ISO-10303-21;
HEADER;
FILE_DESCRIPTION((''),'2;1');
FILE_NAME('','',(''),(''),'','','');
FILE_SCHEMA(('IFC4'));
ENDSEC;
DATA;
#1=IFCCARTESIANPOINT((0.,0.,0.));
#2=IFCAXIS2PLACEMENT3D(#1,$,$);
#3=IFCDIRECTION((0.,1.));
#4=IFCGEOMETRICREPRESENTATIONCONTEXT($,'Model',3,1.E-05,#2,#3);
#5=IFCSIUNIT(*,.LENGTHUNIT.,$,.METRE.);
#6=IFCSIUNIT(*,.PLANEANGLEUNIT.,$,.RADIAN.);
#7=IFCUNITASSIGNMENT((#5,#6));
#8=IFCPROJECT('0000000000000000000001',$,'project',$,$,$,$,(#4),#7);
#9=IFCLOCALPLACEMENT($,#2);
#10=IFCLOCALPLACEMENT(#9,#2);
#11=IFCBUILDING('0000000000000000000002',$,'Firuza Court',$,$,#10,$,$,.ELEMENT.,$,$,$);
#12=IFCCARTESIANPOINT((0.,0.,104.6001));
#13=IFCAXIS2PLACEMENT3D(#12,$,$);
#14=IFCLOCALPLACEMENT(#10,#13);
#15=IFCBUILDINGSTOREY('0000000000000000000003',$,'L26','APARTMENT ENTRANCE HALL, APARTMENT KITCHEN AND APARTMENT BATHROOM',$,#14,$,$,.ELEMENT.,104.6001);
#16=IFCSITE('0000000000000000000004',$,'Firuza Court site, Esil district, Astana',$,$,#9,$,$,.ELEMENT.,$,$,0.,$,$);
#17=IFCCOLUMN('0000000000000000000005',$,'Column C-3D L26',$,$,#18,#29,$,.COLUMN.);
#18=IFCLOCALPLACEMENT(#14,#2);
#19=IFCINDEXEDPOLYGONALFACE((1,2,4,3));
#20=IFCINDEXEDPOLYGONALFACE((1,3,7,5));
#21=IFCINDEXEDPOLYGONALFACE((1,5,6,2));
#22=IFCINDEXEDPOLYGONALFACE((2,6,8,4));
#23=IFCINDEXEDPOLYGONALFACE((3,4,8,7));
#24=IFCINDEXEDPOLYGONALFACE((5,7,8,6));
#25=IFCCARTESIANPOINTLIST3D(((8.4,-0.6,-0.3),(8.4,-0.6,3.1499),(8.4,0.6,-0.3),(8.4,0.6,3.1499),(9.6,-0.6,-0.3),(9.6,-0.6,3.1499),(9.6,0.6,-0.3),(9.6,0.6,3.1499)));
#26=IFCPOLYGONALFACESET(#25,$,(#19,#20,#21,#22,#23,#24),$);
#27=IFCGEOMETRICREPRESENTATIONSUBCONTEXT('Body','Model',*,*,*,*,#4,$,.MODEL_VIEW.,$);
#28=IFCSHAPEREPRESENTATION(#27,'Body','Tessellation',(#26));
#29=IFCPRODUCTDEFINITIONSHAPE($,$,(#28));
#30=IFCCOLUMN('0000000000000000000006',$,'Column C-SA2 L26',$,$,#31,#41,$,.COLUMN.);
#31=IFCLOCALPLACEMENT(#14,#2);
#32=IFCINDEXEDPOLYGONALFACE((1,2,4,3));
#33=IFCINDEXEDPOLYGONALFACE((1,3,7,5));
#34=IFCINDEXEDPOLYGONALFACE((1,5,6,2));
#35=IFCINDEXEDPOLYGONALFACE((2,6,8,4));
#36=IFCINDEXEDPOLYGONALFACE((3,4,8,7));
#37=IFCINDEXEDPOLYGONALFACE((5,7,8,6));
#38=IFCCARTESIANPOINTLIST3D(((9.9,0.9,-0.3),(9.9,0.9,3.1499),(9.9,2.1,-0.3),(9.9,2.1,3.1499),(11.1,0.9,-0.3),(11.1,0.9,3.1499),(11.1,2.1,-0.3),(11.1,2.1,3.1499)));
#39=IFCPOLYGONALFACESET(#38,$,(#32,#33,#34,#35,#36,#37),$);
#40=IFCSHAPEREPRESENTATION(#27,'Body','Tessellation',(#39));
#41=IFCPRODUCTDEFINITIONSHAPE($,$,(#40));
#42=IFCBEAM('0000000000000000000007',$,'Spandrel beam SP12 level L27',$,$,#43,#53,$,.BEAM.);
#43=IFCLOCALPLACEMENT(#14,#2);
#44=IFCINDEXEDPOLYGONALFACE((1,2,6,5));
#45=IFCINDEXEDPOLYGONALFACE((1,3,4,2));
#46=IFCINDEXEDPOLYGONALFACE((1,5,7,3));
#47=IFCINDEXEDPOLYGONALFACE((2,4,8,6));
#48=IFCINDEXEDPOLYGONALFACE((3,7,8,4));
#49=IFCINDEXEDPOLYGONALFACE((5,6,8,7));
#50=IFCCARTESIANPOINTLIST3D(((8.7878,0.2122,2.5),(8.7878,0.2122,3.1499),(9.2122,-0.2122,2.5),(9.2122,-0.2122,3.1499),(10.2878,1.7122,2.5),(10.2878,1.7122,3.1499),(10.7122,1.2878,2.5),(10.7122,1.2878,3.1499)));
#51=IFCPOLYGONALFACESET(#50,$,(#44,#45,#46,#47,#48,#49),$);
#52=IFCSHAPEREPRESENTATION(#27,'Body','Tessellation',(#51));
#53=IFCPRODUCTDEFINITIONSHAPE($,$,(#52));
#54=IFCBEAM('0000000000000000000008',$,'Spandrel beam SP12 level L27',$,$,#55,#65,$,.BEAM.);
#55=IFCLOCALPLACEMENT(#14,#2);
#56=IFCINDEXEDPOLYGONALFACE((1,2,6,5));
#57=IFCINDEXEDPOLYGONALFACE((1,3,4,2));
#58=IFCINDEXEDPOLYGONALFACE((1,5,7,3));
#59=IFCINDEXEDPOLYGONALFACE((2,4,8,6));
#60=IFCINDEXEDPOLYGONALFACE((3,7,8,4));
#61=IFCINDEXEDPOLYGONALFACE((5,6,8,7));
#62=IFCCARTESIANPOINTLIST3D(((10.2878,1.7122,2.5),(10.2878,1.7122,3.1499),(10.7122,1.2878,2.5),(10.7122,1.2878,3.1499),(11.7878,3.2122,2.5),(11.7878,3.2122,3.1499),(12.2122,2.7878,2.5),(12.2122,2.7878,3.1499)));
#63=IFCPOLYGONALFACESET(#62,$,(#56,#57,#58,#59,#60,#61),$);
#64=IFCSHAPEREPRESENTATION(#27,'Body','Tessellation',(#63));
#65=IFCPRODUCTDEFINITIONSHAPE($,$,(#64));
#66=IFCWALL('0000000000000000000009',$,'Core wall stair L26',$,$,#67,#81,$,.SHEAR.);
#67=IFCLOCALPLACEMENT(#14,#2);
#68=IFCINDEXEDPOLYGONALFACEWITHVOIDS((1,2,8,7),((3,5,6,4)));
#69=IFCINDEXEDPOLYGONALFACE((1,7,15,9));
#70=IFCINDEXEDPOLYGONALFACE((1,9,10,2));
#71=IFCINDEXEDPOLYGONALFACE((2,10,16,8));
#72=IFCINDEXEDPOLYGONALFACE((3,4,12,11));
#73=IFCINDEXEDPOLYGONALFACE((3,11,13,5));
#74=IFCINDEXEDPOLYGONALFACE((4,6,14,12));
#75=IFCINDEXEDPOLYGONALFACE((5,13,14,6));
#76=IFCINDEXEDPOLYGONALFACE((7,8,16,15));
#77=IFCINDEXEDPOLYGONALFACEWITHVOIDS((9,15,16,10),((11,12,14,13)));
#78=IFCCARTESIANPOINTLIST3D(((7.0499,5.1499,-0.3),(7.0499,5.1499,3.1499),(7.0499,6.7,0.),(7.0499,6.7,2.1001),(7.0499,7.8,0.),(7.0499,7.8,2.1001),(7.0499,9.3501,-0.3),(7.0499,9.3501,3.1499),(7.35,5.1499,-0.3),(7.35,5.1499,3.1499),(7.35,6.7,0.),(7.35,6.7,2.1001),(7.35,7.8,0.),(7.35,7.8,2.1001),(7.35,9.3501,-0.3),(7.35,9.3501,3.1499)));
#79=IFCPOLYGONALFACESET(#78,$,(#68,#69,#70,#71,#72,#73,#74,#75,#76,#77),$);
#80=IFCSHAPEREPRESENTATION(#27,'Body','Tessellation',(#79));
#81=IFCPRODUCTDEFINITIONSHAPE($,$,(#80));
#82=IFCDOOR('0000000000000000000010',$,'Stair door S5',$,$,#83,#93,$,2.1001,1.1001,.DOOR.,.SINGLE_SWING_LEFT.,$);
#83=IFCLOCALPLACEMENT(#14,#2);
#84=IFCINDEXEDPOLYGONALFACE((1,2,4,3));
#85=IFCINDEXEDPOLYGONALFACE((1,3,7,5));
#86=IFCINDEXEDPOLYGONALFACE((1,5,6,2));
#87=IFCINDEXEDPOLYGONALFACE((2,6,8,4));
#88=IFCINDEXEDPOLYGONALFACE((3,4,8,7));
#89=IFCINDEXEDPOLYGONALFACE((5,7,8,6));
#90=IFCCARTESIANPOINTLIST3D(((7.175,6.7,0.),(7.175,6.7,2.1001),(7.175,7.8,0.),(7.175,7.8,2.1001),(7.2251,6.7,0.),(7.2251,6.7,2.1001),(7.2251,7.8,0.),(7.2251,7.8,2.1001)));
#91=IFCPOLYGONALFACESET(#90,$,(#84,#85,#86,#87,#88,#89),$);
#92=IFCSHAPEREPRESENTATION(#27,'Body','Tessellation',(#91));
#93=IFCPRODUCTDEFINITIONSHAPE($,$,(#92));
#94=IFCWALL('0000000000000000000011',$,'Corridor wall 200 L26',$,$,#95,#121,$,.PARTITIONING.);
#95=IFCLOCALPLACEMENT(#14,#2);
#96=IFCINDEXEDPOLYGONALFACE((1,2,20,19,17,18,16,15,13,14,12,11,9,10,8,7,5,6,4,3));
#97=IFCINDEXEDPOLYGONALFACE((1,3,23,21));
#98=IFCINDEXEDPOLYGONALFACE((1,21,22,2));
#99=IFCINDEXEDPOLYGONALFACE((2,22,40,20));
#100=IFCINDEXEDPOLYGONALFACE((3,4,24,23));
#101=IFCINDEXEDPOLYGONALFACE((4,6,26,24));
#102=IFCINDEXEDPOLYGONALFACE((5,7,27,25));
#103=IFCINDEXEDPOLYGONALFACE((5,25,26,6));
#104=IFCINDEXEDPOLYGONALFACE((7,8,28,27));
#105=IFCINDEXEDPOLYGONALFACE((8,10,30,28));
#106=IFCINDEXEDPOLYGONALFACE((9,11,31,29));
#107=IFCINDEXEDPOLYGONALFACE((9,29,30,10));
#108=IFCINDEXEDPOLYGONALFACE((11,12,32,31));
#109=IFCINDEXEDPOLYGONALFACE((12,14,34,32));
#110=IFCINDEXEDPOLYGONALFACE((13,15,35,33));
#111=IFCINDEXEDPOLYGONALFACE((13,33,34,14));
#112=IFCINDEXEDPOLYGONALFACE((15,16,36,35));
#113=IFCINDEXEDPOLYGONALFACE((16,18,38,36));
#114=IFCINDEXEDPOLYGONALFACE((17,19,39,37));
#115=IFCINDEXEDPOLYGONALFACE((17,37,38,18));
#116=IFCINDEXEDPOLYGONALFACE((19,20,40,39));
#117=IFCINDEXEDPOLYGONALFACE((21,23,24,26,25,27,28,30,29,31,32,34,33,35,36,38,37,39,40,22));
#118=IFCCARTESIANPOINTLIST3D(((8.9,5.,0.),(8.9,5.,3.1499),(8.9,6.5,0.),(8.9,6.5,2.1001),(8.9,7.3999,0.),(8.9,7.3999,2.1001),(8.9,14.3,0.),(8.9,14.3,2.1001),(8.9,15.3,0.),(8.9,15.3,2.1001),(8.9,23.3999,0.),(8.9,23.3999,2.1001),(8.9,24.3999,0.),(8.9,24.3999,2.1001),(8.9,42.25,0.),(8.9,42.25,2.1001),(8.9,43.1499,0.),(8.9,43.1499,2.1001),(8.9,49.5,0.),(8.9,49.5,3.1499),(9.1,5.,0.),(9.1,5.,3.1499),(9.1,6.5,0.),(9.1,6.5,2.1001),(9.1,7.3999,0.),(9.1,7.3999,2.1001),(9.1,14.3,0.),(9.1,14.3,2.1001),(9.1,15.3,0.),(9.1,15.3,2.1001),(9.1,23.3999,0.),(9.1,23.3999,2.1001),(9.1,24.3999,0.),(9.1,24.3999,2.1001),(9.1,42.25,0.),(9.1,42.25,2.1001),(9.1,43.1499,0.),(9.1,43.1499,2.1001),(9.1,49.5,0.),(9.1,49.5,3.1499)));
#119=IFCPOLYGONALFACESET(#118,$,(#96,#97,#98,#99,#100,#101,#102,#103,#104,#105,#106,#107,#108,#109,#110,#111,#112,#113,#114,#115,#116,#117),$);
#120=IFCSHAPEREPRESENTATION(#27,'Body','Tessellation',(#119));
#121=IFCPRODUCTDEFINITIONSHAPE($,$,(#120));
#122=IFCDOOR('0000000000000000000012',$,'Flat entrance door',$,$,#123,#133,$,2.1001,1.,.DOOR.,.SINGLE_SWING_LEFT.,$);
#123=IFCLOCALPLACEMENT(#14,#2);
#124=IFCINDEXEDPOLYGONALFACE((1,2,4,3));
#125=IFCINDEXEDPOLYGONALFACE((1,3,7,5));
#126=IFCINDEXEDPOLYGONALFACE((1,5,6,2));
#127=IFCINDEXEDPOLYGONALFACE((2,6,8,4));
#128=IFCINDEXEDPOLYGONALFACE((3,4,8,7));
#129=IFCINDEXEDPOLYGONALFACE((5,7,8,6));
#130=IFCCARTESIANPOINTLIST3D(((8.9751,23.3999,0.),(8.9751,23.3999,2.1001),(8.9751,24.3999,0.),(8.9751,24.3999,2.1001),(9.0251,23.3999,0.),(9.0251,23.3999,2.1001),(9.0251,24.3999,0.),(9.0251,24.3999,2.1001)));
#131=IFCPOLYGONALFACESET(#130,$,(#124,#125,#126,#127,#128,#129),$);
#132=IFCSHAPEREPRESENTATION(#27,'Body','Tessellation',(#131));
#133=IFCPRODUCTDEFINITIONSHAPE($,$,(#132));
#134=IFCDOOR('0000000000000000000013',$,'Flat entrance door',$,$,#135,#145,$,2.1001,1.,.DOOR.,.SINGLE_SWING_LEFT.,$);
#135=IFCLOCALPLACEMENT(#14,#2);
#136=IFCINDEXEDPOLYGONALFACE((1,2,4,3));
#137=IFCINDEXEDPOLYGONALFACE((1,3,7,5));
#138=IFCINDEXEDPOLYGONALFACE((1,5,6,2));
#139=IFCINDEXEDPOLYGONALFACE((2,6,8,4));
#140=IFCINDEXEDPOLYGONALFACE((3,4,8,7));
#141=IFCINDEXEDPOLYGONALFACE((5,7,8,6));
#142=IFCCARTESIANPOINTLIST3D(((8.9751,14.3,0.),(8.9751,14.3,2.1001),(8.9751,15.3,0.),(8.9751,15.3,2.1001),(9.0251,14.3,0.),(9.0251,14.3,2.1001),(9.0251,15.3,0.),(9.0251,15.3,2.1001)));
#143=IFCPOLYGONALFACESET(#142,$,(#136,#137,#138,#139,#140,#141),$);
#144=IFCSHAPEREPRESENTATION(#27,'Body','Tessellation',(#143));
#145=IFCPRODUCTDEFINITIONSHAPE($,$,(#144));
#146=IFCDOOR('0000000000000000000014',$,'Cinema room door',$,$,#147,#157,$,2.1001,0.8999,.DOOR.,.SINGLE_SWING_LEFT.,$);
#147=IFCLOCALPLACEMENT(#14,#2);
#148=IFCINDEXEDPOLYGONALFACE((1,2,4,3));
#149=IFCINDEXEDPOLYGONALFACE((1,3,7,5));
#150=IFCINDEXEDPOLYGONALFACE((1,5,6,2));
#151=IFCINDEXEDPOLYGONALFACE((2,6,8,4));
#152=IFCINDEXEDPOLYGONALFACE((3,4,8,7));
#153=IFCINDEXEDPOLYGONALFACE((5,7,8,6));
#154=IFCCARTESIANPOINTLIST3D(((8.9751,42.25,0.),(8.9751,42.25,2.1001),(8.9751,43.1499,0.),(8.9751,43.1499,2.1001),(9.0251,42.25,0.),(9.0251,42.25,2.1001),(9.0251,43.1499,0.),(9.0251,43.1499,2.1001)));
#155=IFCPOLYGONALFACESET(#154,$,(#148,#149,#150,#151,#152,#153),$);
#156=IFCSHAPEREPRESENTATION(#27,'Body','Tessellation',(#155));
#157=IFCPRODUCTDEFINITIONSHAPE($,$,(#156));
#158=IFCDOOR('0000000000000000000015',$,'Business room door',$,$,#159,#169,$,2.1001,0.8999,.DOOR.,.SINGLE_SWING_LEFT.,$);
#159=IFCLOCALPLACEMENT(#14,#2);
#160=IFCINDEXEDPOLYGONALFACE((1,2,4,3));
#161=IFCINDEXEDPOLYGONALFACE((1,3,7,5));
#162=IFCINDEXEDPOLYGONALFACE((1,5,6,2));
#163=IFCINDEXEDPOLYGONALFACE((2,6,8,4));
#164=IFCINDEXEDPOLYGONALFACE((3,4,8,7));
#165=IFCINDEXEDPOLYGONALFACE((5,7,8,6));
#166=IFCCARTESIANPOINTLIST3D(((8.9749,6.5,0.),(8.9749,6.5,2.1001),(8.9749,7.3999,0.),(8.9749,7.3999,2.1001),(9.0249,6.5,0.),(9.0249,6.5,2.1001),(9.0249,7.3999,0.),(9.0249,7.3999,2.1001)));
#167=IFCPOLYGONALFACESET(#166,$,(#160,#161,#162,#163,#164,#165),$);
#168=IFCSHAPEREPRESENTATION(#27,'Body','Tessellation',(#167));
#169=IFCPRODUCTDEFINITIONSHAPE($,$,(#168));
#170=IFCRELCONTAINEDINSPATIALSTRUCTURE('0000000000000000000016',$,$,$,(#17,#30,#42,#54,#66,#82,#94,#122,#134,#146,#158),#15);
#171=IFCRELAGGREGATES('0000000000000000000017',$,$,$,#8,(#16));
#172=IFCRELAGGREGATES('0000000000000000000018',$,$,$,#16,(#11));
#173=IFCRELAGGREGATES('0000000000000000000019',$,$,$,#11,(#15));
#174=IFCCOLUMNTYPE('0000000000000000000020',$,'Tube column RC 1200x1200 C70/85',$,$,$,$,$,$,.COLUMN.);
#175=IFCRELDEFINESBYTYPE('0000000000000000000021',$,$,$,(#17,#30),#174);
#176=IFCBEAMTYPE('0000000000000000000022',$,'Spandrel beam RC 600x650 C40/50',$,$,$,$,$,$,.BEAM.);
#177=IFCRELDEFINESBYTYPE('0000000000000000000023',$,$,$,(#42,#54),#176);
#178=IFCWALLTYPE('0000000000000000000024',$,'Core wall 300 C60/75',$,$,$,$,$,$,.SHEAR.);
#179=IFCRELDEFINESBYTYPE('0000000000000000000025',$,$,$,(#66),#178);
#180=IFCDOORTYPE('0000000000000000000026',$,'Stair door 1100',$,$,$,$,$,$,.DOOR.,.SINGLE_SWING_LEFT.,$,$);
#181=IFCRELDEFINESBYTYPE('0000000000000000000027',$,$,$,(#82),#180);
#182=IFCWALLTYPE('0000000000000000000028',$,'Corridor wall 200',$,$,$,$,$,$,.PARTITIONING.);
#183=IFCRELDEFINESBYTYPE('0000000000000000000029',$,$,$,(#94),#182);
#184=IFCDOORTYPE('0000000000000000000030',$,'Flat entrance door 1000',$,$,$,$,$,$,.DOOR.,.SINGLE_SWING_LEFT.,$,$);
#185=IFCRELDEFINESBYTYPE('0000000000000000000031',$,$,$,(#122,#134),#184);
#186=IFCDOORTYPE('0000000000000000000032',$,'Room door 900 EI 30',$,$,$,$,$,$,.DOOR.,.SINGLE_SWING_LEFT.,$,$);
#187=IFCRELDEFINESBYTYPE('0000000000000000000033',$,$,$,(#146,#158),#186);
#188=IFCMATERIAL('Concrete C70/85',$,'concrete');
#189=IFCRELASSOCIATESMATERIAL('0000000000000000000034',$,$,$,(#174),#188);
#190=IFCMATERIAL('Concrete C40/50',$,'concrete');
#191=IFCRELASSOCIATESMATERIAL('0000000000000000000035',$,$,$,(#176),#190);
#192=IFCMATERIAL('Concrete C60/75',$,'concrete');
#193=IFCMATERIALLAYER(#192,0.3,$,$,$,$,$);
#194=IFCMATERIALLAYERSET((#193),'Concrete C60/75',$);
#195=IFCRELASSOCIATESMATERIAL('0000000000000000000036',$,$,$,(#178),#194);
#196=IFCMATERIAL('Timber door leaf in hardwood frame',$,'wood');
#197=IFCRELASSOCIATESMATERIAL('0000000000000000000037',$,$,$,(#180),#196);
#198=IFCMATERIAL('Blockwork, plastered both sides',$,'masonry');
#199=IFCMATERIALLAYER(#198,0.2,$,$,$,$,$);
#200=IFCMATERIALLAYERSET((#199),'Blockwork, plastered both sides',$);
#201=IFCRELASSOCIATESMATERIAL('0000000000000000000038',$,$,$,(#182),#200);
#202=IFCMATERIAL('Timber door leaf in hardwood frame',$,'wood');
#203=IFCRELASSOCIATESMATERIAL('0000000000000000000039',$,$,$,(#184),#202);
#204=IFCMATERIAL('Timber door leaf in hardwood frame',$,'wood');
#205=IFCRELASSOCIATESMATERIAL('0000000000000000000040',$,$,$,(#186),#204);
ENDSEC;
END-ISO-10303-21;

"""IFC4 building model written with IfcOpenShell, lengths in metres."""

from ifc_helpers import new_model, si_unit, direction, frame, frame_2d, origin, origin_2d, place, context, subcontext, project, spatial, rectangle, extrude, material, layer, layer_set, material_profile, profile_set, type_object, element, fill, save


model = new_model("IFC4")

# Units and contexts
model_context = context("Model", 3, precision=1e-05, world=origin(), true_north=direction((0.0, 1.0)))
body_context = subcontext(model_context, "Body", "Model", "MODEL_VIEW")
ifc_project = project(units=[si_unit("LENGTHUNIT", "METRE"), si_unit("PLANEANGLEUNIT", "RADIAN")], contexts=[model_context])

# Site, building, storey
site_placement = place(None, origin())
site = spatial("IfcSite", under=ifc_project, at=site_placement, Name="Firuza Court site, Esil district, Astana", CompositionType="ELEMENT", RefElevation=0.0)
building_placement = place(site_placement, origin())
building = spatial("IfcBuilding", under=site, at=building_placement, Name="Firuza Court", CompositionType="ELEMENT")
storey_placement = place(building_placement, frame((0.0, 0.0, 104.6001)))
storey = spatial("IfcBuildingStorey", under=building, at=storey_placement, Name="L26", Description="APARTMENT ENTRANCE HALL, APARTMENT KITCHEN AND APARTMENT BATHROOM", CompositionType="ELEMENT", Elevation=104.6001)

# Columns
ifc_material_1 = material(Name="Concrete C70/85", Category="concrete")
ifc_material_profile_1 = material_profile(ifc_material_1, rectangle(XDim=1.2, YDim=1.2, at=origin_2d()), Name="RC 1200x1200")
ifc_profile_set_1 = profile_set([ifc_material_profile_1], Name="Concrete C70/85")
column_type = type_object("IfcColumnType", Name="Tube column RC 1200x1200 C70/85", PredefinedType="COLUMN", material=ifc_profile_set_1)
for number, where, z_axis, x_axis, name in (
    (1, (9.0, 0.0, -0.3), (0.0, 0.0, 1.0), (1.0, 0.0, 0.0), "Column C-3D L26"),
    (2, (10.5, 1.5, -0.3), (0.0, 0.0, 1.0), (1.0, 0.0, 0.0), "Column C-SA2 L26"),
):
    element("IfcColumn", number, at=place(storey_placement, frame(where, z_axis=z_axis, x_axis=x_axis)), inside=storey, type_object=column_type, Name=name, PredefinedType="COLUMN", context=body_context, shape_type="SweptSolid", body=[
        extrude(rectangle(XDim=1.2, YDim=1.2, at=origin_2d()), origin(), (0.0, 0.0, 1.0), 3.45),
    ])

# Beams
ifc_material_2 = material(Name="Concrete C40/50", Category="concrete")
ifc_material_profile_2 = material_profile(ifc_material_2, rectangle(XDim=0.6001, YDim=0.6499, at=origin_2d()), Name="RC 600x650")
ifc_profile_set_2 = profile_set([ifc_material_profile_2], Name="Concrete C40/50")
beam_type = type_object("IfcBeamType", Name="Spandrel beam RC 600x650 C40/50", PredefinedType="BEAM", material=ifc_profile_set_2)
for number, where, z_axis, x_axis, name in (
    (3, (9.0, 0.0, 2.825), (0.707107, 0.707107, 0.0), (-0.707107, 0.707107, 0.0), "Spandrel beam SP12 level L27"),
    (4, (10.5, 1.5, 2.825), (0.707107, 0.707107, 0.0), (-0.707107, 0.707107, 0.0), "Spandrel beam SP12 level L27"),
):
    element("IfcBeam", number, at=place(storey_placement, frame(where, z_axis=z_axis, x_axis=x_axis)), inside=storey, type_object=beam_type, Name=name, PredefinedType="BEAM", context=body_context, shape_type="SweptSolid", body=[
        extrude(rectangle(XDim=0.6001, YDim=0.6499, at=origin_2d()), origin(), (0.0, 0.0, 1.0), 2.1213),
    ])

# Wall, opening, door
ifc_material_3 = material(Name="Concrete C60/75", Category="concrete")
ifc_layer_1 = layer(ifc_material_3, 0.3)
ifc_layer_set_1 = layer_set([ifc_layer_1], Name="Concrete C60/75")
wall_type_1 = type_object("IfcWallType", Name="Core wall 300 C60/75", PredefinedType="SHEAR", material=ifc_layer_set_1)
wall_1_placement = place(storey_placement, frame((7.2, 5.1499, -0.3), z_axis=(0.0, 0.0, 1.0), x_axis=(0.0, 1.0, 0.0)))
wall_1 = element("IfcWall", 5, at=wall_1_placement, inside=storey, type_object=wall_type_1, Name="Core wall stair L26", PredefinedType="SHEAR", context=body_context, shape_type="SweptSolid", body=[
    extrude(rectangle(XDim=4.2002, YDim=0.3, at=frame_2d((2.1001, 0.0))), origin(), (0.0, 0.0, 1.0), 3.45),
])
opening_1_placement = place(wall_1_placement, frame((1.55, 0.0, 0.3)))
opening_1 = element("IfcOpeningElement", 6, at=opening_1_placement, cuts=wall_1, PredefinedType="OPENING", context=body_context, shape_type="SweptSolid", body=[
    extrude(rectangle(XDim=1.1001, YDim=2.1001, at=frame_2d((0.55, 1.05))), frame((0.0, 0.1621, 0.0), z_axis=(0.0, -1.0, 0.0), x_axis=(1.0, 0.0, 0.0)), (0.0, 0.0, 1.0), 0.324),
])
ifc_material_4 = material(Name="Timber door leaf in hardwood frame", Category="wood")
door_type_1 = type_object("IfcDoorType", Name="Stair door 1100", OperationType="SINGLE_SWING_LEFT", PredefinedType="DOOR", material=ifc_material_4)
door_1_placement = place(opening_1_placement, origin())
door_1 = element("IfcDoor", 7, at=door_1_placement, inside=storey, type_object=door_type_1, Name="Stair door S5", OperationType="SINGLE_SWING_LEFT", OverallHeight=2.1001, OverallWidth=1.1001, PredefinedType="DOOR", context=body_context, shape_type="SweptSolid", body=[
    extrude(rectangle(XDim=1.1001, YDim=2.1001, at=frame_2d((0.55, 1.05))), frame((0.0, 0.0249, 0.0), z_axis=(0.0, -1.0, 0.0), x_axis=(1.0, 0.0, 0.0)), (0.0, 0.0, 1.0), 0.05),
])
fill(opening_1, door_1)

# Wall, openings, doors
ifc_material_5 = material(Name="Blockwork, plastered both sides", Category="masonry")
ifc_layer_2 = layer(ifc_material_5, 0.2)
ifc_layer_set_2 = layer_set([ifc_layer_2], Name="Blockwork, plastered both sides")
wall_type_2 = type_object("IfcWallType", Name="Corridor wall 200", PredefinedType="PARTITIONING", material=ifc_layer_set_2)
wall_2_placement = place(storey_placement, frame((9.0, 5.0, 0.0), z_axis=(0.0, 0.0, 1.0), x_axis=(0.0, 1.0, 0.0)))
wall_2 = element("IfcWall", 8, at=wall_2_placement, inside=storey, type_object=wall_type_2, Name="Corridor wall 200 L26", PredefinedType="PARTITIONING", context=body_context, shape_type="SweptSolid", body=[
    extrude(rectangle(XDim=44.5, YDim=0.2, at=frame_2d((22.25, 0.0))), origin(), (0.0, 0.0, 1.0), 3.1499),
])
opening_2_placement = place(wall_2_placement, frame((18.3999, 0.0, 0.0)))
opening_2 = element("IfcOpeningElement", 9, at=opening_2_placement, cuts=wall_2, PredefinedType="OPENING", context=body_context, shape_type="SweptSolid", body=[
    extrude(rectangle(XDim=1.0, YDim=2.1001, at=frame_2d((0.5, 1.05))), frame((0.0, 0.1118, 0.0), z_axis=(0.0, -1.0, 0.0), x_axis=(1.0, 0.0, 0.0)), (0.0, 0.0, 1.0), 0.2239),
])
opening_3_placement = place(wall_2_placement, frame((9.3, 0.0, 0.0)))
opening_3 = element("IfcOpeningElement", 10, at=opening_3_placement, cuts=wall_2, PredefinedType="OPENING", context=body_context, shape_type="SweptSolid", body=[
    extrude(rectangle(XDim=1.0, YDim=2.1001, at=frame_2d((0.5, 1.05))), frame((0.0, 0.1118, 0.0), z_axis=(0.0, -1.0, 0.0), x_axis=(1.0, 0.0, 0.0)), (0.0, 0.0, 1.0), 0.2239),
])
opening_4_placement = place(wall_2_placement, frame((37.25, 0.0, 0.0)))
opening_4 = element("IfcOpeningElement", 11, at=opening_4_placement, cuts=wall_2, PredefinedType="OPENING", context=body_context, shape_type="SweptSolid", body=[
    extrude(rectangle(XDim=0.8999, YDim=2.1001, at=frame_2d((0.45, 1.05))), frame((0.0, 0.1118, 0.0), z_axis=(0.0, -1.0, 0.0), x_axis=(1.0, 0.0, 0.0)), (0.0, 0.0, 1.0), 0.2239),
])
opening_5_placement = place(wall_2_placement, frame((1.5, 0.0, 0.0)))
opening_5 = element("IfcOpeningElement", 12, at=opening_5_placement, cuts=wall_2, PredefinedType="OPENING", context=body_context, shape_type="SweptSolid", body=[
    extrude(rectangle(XDim=0.8999, YDim=2.1001, at=frame_2d((0.45, 1.05))), frame((0.0, 0.1118, 0.0), z_axis=(0.0, -1.0, 0.0), x_axis=(1.0, 0.0, 0.0)), (0.0, 0.0, 1.0), 0.2239),
])
ifc_material_6 = material(Name="Timber door leaf in hardwood frame", Category="wood")
door_type_2 = type_object("IfcDoorType", Name="Flat entrance door 1000", OperationType="SINGLE_SWING_LEFT", PredefinedType="DOOR", material=ifc_material_6)
door_2_placement = place(opening_2_placement, origin())
door_2 = element("IfcDoor", 13, at=door_2_placement, inside=storey, type_object=door_type_2, Name="Flat entrance door", OperationType="SINGLE_SWING_LEFT", OverallHeight=2.1001, OverallWidth=1.0, PredefinedType="DOOR", context=body_context, shape_type="SweptSolid", body=[
    extrude(rectangle(XDim=1.0, YDim=2.1001, at=frame_2d((0.5, 1.05))), frame((0.0, 0.0249, 0.0), z_axis=(0.0, -1.0, 0.0), x_axis=(1.0, 0.0, 0.0)), (0.0, 0.0, 1.0), 0.05),
])
fill(opening_2, door_2)
door_3_placement = place(opening_3_placement, origin())
door_3 = element("IfcDoor", 14, at=door_3_placement, inside=storey, type_object=door_type_2, Name="Flat entrance door", OperationType="SINGLE_SWING_LEFT", OverallHeight=2.1001, OverallWidth=1.0, PredefinedType="DOOR", context=body_context, shape_type="SweptSolid", body=[
    extrude(rectangle(XDim=1.0, YDim=2.1001, at=frame_2d((0.5, 1.05))), frame((0.0, 0.0249, 0.0), z_axis=(0.0, -1.0, 0.0), x_axis=(1.0, 0.0, 0.0)), (0.0, 0.0, 1.0), 0.05),
])
fill(opening_3, door_3)
ifc_material_7 = material(Name="Timber door leaf in hardwood frame", Category="wood")
door_type_3 = type_object("IfcDoorType", Name="Room door 900 EI 30", OperationType="SINGLE_SWING_LEFT", PredefinedType="DOOR", material=ifc_material_7)
door_4_placement = place(opening_4_placement, origin())
door_4 = element("IfcDoor", 15, at=door_4_placement, inside=storey, type_object=door_type_3, Name="Cinema room door", OperationType="SINGLE_SWING_LEFT", OverallHeight=2.1001, OverallWidth=0.8999, PredefinedType="DOOR", context=body_context, shape_type="SweptSolid", body=[
    extrude(rectangle(XDim=0.8999, YDim=2.1001, at=frame_2d((0.45, 1.05))), frame((0.0, 0.0249, 0.0), z_axis=(0.0, -1.0, 0.0), x_axis=(1.0, 0.0, 0.0)), (0.0, 0.0, 1.0), 0.05),
])
fill(opening_4, door_4)
door_5_placement = place(opening_5_placement, frame((0.8999, 0.0, 0.0), z_axis=(0.0, 0.0, 1.0), x_axis=(-1.0, 0.0, 0.0)))
door_5 = element("IfcDoor", 16, at=door_5_placement, inside=storey, type_object=door_type_3, Name="Business room door", OperationType="SINGLE_SWING_LEFT", OverallHeight=2.1001, OverallWidth=0.8999, PredefinedType="DOOR", context=body_context, shape_type="SweptSolid", body=[
    extrude(rectangle(XDim=0.8999, YDim=2.1001, at=frame_2d((0.45, 1.05))), frame((0.0, 0.0249, 0.0), z_axis=(0.0, -1.0, 0.0), x_axis=(1.0, 0.0, 0.0)), (0.0, 0.0, 1.0), 0.05),
])
fill(opening_5, door_5)

save(model, "model.ifc")
